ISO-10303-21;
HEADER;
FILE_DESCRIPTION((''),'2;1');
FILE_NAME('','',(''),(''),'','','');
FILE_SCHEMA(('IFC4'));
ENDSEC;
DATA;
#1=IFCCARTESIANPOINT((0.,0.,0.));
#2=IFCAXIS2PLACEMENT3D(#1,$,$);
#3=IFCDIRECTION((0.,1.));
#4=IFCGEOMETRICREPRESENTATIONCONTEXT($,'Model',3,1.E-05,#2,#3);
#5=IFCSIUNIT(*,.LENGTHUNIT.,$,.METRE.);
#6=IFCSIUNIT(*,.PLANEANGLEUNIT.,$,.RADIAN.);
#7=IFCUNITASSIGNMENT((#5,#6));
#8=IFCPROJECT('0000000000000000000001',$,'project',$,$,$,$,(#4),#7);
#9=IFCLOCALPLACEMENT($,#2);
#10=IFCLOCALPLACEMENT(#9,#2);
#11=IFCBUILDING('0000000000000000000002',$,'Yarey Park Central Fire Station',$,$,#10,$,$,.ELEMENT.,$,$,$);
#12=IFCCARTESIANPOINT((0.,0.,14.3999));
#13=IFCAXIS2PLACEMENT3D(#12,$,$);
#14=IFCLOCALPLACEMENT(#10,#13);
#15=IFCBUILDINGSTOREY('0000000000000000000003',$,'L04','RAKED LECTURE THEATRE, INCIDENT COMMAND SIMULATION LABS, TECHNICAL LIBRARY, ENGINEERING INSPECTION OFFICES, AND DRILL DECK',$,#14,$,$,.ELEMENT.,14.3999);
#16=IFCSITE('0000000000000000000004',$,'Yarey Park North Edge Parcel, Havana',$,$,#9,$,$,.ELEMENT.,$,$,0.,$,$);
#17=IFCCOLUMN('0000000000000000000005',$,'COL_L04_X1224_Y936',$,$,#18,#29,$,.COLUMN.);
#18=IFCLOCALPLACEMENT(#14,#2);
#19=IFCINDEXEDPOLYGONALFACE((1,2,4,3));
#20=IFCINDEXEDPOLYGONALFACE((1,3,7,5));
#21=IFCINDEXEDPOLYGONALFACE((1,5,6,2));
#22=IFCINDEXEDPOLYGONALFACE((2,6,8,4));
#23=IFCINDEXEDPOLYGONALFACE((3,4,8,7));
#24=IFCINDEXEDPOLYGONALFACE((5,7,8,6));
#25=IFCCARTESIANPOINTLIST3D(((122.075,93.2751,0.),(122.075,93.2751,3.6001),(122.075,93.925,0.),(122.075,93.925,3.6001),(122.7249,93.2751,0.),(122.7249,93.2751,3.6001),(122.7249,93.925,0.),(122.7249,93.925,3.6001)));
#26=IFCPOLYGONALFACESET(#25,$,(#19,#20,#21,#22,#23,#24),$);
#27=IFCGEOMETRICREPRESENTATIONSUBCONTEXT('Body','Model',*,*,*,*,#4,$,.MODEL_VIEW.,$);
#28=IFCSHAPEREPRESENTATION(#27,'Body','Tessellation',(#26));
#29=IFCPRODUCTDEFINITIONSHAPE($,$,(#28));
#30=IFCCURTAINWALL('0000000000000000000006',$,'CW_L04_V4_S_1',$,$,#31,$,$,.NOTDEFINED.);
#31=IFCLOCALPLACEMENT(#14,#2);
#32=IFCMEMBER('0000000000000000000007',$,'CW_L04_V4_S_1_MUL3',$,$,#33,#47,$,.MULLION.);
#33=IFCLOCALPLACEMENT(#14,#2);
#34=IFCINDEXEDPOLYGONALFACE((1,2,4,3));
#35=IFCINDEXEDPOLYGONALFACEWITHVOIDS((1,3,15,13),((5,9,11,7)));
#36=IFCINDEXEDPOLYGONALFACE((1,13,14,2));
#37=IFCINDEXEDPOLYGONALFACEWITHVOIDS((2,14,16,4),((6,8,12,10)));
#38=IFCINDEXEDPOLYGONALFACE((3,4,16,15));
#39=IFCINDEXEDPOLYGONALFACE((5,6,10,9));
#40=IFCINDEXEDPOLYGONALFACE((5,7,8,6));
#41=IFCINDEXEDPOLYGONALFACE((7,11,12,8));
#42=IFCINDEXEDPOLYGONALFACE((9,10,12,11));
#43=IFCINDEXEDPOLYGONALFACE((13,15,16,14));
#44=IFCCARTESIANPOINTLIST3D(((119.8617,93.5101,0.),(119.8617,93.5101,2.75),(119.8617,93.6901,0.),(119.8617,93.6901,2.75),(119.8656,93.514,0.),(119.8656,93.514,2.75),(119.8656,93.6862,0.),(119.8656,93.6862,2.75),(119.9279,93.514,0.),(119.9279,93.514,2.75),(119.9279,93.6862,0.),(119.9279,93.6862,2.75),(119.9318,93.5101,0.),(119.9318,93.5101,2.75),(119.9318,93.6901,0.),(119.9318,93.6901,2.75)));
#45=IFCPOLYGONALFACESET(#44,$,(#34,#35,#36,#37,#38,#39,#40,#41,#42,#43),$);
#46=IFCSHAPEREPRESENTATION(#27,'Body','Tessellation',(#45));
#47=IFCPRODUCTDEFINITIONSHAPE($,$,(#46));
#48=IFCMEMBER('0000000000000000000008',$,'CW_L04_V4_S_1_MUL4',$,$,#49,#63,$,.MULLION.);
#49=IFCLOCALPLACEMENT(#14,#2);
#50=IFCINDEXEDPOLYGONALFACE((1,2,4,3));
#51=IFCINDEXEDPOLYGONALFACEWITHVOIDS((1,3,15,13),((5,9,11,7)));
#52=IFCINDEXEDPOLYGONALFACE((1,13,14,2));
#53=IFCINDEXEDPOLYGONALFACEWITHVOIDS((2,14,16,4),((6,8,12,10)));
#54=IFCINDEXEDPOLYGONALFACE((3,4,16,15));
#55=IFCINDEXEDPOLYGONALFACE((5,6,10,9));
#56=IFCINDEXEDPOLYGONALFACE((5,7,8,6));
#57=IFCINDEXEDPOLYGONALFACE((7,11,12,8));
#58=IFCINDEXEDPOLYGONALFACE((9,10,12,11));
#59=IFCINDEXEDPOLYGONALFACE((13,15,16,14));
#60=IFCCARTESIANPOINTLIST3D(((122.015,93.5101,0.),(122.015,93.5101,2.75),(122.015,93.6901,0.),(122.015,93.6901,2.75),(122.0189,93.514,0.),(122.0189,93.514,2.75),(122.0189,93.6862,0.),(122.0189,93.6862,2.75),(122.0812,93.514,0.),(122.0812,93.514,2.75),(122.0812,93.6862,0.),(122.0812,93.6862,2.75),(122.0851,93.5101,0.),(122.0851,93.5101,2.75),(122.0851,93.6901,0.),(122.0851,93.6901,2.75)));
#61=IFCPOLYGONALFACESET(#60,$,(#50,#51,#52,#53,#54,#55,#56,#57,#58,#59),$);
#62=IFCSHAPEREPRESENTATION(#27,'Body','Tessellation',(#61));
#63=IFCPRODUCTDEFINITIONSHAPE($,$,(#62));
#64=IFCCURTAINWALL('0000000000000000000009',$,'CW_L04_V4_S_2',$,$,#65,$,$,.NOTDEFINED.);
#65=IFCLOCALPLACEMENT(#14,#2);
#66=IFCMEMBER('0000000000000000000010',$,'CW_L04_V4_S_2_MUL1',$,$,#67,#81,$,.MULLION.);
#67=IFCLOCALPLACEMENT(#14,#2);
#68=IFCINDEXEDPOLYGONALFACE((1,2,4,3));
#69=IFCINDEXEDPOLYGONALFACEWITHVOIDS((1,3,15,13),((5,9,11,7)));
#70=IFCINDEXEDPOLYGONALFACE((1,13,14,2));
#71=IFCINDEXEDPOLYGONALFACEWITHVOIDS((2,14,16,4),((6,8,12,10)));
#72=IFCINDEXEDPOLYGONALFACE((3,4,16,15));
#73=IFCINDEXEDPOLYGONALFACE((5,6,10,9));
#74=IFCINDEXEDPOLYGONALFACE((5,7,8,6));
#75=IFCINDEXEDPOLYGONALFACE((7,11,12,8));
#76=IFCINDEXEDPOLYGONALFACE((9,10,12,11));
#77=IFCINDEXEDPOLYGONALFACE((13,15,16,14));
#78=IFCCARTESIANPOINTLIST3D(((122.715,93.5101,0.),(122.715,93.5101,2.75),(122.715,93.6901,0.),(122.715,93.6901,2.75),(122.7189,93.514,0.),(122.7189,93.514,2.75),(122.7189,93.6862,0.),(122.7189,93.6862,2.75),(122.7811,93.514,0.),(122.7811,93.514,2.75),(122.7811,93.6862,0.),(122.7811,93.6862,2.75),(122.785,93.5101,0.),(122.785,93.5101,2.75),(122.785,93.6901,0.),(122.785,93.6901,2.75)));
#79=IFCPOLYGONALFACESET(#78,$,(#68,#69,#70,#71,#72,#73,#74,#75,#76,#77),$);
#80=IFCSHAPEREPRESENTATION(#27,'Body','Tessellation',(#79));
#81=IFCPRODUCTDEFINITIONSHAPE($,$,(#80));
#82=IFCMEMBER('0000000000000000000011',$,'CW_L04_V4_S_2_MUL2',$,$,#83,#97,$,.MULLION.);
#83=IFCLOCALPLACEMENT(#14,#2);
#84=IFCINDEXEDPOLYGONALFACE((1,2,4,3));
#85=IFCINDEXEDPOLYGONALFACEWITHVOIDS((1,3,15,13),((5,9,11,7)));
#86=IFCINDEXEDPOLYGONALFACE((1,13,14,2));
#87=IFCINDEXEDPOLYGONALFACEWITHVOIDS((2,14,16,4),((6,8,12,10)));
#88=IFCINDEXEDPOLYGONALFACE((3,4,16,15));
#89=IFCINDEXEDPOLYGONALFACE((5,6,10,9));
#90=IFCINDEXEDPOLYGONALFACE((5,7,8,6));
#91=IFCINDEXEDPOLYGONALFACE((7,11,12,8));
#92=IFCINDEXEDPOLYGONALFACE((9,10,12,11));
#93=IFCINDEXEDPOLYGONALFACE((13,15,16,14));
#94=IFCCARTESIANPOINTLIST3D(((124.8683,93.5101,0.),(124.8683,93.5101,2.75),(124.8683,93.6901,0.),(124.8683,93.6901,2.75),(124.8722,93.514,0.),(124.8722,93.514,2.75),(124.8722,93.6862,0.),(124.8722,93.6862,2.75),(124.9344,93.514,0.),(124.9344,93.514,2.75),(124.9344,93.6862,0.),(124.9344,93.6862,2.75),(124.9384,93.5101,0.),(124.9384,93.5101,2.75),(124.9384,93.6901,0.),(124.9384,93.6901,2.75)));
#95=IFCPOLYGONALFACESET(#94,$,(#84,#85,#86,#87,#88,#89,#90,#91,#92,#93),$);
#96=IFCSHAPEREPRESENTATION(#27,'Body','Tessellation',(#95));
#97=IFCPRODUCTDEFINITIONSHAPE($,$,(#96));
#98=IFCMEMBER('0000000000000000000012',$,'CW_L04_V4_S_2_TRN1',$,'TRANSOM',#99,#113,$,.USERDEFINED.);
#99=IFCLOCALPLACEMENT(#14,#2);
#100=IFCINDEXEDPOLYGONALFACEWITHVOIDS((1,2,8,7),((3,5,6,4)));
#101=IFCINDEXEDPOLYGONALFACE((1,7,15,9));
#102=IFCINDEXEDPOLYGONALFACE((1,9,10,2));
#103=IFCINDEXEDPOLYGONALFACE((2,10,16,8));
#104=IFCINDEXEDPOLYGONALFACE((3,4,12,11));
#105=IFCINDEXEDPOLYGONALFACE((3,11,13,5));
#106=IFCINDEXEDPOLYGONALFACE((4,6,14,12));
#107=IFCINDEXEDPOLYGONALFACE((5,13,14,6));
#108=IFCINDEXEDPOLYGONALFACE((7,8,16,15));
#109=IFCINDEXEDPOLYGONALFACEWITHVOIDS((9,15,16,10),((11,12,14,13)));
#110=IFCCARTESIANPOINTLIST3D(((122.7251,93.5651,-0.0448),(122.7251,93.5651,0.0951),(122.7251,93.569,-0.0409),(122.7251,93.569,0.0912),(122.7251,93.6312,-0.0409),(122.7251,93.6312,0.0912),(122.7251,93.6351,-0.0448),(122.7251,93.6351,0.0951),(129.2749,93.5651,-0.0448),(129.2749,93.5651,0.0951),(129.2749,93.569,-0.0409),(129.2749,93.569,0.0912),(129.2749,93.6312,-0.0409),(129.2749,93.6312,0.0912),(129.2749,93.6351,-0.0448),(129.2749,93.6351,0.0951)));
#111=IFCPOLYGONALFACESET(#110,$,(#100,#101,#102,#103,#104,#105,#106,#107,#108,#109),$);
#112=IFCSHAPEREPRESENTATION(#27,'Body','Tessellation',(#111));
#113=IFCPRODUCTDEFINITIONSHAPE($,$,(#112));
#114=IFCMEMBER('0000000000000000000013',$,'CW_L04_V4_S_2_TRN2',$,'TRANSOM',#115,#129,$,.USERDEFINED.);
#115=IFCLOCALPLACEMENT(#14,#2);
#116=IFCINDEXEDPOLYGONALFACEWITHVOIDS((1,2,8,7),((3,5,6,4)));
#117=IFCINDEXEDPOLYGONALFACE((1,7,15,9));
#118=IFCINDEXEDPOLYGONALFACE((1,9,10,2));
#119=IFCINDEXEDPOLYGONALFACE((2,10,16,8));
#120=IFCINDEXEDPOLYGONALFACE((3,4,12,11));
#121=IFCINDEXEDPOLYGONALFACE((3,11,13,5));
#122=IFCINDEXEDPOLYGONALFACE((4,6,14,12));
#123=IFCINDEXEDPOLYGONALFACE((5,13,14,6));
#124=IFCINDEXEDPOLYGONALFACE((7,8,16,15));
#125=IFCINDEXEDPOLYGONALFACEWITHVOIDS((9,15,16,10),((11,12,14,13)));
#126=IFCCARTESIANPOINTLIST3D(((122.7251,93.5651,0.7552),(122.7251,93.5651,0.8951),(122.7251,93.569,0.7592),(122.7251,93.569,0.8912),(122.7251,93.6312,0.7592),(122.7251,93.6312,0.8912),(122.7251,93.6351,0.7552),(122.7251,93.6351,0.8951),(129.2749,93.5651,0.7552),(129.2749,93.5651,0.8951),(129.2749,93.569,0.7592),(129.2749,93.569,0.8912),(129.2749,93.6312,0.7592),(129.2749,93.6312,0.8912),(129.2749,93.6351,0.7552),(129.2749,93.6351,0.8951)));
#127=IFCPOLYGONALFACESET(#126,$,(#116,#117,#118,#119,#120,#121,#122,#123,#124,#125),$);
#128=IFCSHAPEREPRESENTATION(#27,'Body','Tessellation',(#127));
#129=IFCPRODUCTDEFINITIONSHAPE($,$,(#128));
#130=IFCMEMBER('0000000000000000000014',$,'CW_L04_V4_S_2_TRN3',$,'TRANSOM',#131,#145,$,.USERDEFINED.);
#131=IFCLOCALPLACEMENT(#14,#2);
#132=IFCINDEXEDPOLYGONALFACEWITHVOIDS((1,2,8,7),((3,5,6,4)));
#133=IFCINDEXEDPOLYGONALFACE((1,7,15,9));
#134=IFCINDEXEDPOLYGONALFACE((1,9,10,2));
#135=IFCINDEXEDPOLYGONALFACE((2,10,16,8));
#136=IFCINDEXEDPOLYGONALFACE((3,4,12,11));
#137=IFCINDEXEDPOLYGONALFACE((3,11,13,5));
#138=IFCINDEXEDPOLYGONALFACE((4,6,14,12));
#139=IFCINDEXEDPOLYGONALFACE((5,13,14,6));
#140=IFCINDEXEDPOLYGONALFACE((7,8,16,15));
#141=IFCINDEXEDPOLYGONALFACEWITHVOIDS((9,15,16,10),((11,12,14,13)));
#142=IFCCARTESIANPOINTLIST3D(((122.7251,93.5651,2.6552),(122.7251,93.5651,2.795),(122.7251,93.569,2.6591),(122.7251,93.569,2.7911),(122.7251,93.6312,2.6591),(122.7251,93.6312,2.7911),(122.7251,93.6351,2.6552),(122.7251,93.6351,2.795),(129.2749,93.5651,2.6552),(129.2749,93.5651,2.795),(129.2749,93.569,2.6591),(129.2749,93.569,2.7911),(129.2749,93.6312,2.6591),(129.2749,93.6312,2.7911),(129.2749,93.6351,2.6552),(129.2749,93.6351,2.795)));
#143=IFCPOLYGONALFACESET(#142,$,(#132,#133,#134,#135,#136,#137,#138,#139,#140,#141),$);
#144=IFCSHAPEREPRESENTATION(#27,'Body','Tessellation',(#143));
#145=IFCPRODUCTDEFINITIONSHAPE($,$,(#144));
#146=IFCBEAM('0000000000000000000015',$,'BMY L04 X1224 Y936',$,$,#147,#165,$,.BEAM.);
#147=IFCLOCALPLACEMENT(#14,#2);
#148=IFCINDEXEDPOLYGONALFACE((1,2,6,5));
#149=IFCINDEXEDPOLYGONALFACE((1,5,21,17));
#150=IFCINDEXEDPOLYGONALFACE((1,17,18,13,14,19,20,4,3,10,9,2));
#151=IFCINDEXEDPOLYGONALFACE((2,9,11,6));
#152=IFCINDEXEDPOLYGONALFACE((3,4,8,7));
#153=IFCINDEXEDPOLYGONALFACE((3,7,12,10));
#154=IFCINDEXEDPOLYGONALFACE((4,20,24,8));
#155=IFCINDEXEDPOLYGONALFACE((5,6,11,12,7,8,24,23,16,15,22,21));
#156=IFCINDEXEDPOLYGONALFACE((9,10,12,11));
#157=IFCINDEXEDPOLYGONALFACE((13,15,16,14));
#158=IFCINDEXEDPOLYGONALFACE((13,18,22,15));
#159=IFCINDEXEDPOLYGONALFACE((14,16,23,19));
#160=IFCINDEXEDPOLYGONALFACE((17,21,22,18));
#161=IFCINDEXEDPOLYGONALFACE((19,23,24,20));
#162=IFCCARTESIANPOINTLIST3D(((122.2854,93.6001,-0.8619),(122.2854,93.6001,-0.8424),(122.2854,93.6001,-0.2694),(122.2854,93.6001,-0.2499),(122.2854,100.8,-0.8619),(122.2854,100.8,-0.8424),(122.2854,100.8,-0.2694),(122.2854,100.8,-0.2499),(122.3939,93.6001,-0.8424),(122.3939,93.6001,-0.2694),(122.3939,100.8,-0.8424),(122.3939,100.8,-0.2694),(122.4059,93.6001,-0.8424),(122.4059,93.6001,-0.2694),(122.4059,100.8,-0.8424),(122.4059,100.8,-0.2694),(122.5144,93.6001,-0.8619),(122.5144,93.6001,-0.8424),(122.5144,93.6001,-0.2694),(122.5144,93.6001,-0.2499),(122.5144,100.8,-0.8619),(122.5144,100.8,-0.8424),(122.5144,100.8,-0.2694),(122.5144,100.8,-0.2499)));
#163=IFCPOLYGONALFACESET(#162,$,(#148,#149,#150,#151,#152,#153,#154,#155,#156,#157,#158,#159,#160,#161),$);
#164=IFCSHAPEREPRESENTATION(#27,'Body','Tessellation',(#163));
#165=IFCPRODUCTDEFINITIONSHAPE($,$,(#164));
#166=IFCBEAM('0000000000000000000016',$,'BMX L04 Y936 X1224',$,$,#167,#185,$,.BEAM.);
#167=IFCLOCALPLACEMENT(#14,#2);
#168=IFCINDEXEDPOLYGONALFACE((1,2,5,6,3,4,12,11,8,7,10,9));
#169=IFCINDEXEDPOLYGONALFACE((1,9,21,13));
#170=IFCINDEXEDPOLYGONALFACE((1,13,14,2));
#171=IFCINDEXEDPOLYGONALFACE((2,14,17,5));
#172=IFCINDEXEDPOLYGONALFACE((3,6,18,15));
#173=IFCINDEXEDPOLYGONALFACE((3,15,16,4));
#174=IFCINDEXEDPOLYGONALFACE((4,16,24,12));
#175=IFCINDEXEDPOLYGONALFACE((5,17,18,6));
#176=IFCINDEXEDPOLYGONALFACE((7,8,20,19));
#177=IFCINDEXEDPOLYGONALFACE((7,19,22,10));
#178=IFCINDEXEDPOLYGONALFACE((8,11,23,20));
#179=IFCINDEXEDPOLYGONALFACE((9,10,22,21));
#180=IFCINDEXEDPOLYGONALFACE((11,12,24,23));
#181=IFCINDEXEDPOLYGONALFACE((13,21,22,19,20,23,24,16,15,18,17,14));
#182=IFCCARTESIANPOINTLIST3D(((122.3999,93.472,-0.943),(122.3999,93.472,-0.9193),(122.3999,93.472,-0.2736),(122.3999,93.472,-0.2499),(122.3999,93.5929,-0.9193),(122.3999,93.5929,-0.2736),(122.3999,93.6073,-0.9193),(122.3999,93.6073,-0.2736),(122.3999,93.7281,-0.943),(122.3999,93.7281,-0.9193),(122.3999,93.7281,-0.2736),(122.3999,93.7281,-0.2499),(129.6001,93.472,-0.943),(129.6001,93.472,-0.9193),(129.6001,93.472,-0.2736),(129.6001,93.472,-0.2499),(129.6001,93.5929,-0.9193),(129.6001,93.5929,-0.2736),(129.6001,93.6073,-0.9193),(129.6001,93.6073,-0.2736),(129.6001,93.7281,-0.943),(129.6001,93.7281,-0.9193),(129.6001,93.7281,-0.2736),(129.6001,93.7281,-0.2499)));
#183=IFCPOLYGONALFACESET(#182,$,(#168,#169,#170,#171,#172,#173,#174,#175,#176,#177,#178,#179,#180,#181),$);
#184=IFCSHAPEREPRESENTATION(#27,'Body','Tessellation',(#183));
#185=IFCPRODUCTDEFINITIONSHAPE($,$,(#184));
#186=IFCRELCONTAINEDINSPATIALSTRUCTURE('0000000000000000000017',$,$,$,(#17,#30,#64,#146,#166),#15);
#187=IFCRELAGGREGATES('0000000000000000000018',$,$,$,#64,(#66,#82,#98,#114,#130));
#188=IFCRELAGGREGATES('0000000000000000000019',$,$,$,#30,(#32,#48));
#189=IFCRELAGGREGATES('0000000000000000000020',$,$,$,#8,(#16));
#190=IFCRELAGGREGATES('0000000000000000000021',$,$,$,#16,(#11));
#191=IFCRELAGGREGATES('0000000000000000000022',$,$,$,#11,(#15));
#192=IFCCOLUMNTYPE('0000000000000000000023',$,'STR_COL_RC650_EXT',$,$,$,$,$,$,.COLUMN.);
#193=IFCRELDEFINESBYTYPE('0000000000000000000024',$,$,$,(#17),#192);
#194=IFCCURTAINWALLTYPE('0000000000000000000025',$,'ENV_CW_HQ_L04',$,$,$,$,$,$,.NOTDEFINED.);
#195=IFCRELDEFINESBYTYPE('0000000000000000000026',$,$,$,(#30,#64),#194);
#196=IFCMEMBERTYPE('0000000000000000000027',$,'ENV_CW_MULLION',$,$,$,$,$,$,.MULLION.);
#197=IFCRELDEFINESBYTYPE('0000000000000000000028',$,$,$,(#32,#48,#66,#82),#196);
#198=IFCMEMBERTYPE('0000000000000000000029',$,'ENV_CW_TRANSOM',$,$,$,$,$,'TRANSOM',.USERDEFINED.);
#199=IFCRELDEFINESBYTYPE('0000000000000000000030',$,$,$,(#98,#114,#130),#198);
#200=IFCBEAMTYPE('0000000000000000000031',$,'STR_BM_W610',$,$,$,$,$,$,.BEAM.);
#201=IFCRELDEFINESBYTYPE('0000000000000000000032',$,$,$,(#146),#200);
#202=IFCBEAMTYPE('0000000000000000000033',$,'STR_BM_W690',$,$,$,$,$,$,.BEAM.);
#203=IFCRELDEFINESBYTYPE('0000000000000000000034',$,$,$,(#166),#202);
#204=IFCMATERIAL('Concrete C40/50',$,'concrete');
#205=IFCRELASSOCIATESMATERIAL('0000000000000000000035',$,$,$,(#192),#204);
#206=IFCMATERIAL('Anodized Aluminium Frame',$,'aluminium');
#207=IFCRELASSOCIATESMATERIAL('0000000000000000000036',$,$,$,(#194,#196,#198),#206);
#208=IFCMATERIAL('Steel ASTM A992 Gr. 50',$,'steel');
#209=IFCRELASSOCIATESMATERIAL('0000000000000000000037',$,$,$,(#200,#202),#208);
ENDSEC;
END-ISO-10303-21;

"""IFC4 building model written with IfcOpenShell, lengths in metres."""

from ifc_helpers import new_model, si_unit, direction, frame, origin, origin_2d, place, context, subcontext, project, spatial, rectangle, hollow_rectangle, i_section, extrude, material, material_profile, profile_set, type_object, element, aggregate, save


model = new_model("IFC4")

# Units and contexts
model_context = context("Model", 3, precision=1e-05, world=origin(), true_north=direction((0.0, 1.0)))
body_context = subcontext(model_context, "Body", "Model", "MODEL_VIEW")
ifc_project = project(units=[si_unit("LENGTHUNIT", "METRE"), si_unit("PLANEANGLEUNIT", "RADIAN")], contexts=[model_context])

# Site, building, storey
site_placement = place(None, origin())
site = spatial("IfcSite", under=ifc_project, at=site_placement, Name="Yarey Park North Edge Parcel, Havana", CompositionType="ELEMENT", RefElevation=0.0)
building_placement = place(site_placement, origin())
building = spatial("IfcBuilding", under=site, at=building_placement, Name="Yarey Park Central Fire Station", CompositionType="ELEMENT")
storey_placement = place(building_placement, frame((0.0, 0.0, 14.3999)))
storey = spatial("IfcBuildingStorey", under=building, at=storey_placement, Name="L04", Description="RAKED LECTURE THEATRE, INCIDENT COMMAND SIMULATION LABS, TECHNICAL LIBRARY, ENGINEERING INSPECTION OFFICES, AND DRILL DECK", CompositionType="ELEMENT", Elevation=14.3999)

# Column
ifc_material_1 = material(Name="Concrete C40/50", Category="concrete")
ifc_material_profile_1 = material_profile(ifc_material_1, rectangle(XDim=0.6499, YDim=0.6499, at=origin_2d()), Name="RC 650x650")
ifc_profile_set_1 = profile_set([ifc_material_profile_1], Name="Concrete C40/50")
column_type = type_object("IfcColumnType", Name="STR_COL_RC650_EXT", PredefinedType="COLUMN", material=ifc_profile_set_1)
column_placement = place(storey_placement, frame((122.3999, 93.6001, 0.0), z_axis=(0.0, 0.0, 1.0), x_axis=(1.0, 0.0, 0.0)))
element("IfcColumn", 1, at=column_placement, inside=storey, type_object=column_type, Name="COL_L04_X1224_Y936", PredefinedType="COLUMN", context=body_context, shape_type="SweptSolid", body=[
    extrude(rectangle(XDim=0.6499, YDim=0.6499, at=origin_2d()), origin(), (0.0, 0.0, 1.0), 3.6001),
])

# Curtain walls, members
ifc_material_2 = material(Name="Anodized Aluminium Frame", Category="aluminium")
curtain_wall_type = type_object("IfcCurtainWallType", Name="ENV_CW_HQ_L04", PredefinedType="NOTDEFINED", material=ifc_material_2)
curtain_wall_1_placement = place(storey_placement, origin())
curtain_wall_1 = element("IfcCurtainWall", 2, at=curtain_wall_1_placement, inside=storey, type_object=curtain_wall_type, Name="CW_L04_V4_S_1", PredefinedType="NOTDEFINED")
ifc_material_profile_2 = material_profile(ifc_material_2, hollow_rectangle(XDim=0.0701, YDim=0.1799, WallThickness=0.0039, at=origin_2d()), Name="ALU 180x70x4")
ifc_profile_set_2 = profile_set([ifc_material_profile_2], Name="Anodized Aluminium Frame")
member_type_1 = type_object("IfcMemberType", Name="ENV_CW_MULLION", PredefinedType="MULLION", material=ifc_profile_set_2)
member_1_placement = place(storey_placement, frame((119.8967, 93.6001, 0.0), z_axis=(0.0, 0.0, 1.0), x_axis=(1.0, 0.0, 0.0)))
member_1 = element("IfcMember", 3, at=member_1_placement, type_object=member_type_1, Name="CW_L04_V4_S_1_MUL3", PredefinedType="MULLION", context=body_context, shape_type="SweptSolid", body=[
    extrude(hollow_rectangle(XDim=0.0701, YDim=0.1799, WallThickness=0.0039, at=origin_2d()), origin(), (0.0, 0.0, 1.0), 2.75),
])
member_2_placement = place(storey_placement, frame((122.05, 93.6001, 0.0), z_axis=(0.0, 0.0, 1.0), x_axis=(1.0, 0.0, 0.0)))
member_2 = element("IfcMember", 4, at=member_2_placement, type_object=member_type_1, Name="CW_L04_V4_S_1_MUL4", PredefinedType="MULLION", context=body_context, shape_type="SweptSolid", body=[
    extrude(hollow_rectangle(XDim=0.0701, YDim=0.1799, WallThickness=0.0039, at=origin_2d()), origin(), (0.0, 0.0, 1.0), 2.75),
])
curtain_wall_2_placement = place(storey_placement, origin())
curtain_wall_2 = element("IfcCurtainWall", 5, at=curtain_wall_2_placement, inside=storey, type_object=curtain_wall_type, Name="CW_L04_V4_S_2", PredefinedType="NOTDEFINED")
member_3_placement = place(storey_placement, frame((122.75, 93.6001, 0.0), z_axis=(0.0, 0.0, 1.0), x_axis=(1.0, 0.0, 0.0)))
member_3 = element("IfcMember", 6, at=member_3_placement, type_object=member_type_1, Name="CW_L04_V4_S_2_MUL1", PredefinedType="MULLION", context=body_context, shape_type="SweptSolid", body=[
    extrude(hollow_rectangle(XDim=0.0701, YDim=0.1799, WallThickness=0.0039, at=origin_2d()), origin(), (0.0, 0.0, 1.0), 2.75),
])
member_4_placement = place(storey_placement, frame((124.9033, 93.6001, 0.0), z_axis=(0.0, 0.0, 1.0), x_axis=(1.0, 0.0, 0.0)))
member_4 = element("IfcMember", 7, at=member_4_placement, type_object=member_type_1, Name="CW_L04_V4_S_2_MUL2", PredefinedType="MULLION", context=body_context, shape_type="SweptSolid", body=[
    extrude(hollow_rectangle(XDim=0.0701, YDim=0.1799, WallThickness=0.0039, at=origin_2d()), origin(), (0.0, 0.0, 1.0), 2.75),
])
ifc_material_profile_3 = material_profile(ifc_material_2, hollow_rectangle(XDim=0.0701, YDim=0.1399, WallThickness=0.0039, at=origin_2d()), Name="ALU 140x70x4")
ifc_profile_set_3 = profile_set([ifc_material_profile_3], Name="Anodized Aluminium Frame")
member_type_2 = type_object("IfcMemberType", Name="ENV_CW_TRANSOM", ElementType="TRANSOM", PredefinedType="USERDEFINED", material=ifc_profile_set_3)
member_5_placement = place(storey_placement, frame((122.7251, 93.6001, 0.0251), z_axis=(1.0, 0.0, 0.0), x_axis=(0.0, 1.0, 0.0)))
member_5 = element("IfcMember", 8, at=member_5_placement, type_object=member_type_2, Name="CW_L04_V4_S_2_TRN1", ObjectType="TRANSOM", PredefinedType="USERDEFINED", context=body_context, shape_type="SweptSolid", body=[
    extrude(hollow_rectangle(XDim=0.0701, YDim=0.1399, WallThickness=0.0039, at=origin_2d()), origin(), (0.0, 0.0, 1.0), 6.5498),
])
member_6_placement = place(storey_placement, frame((122.7251, 93.6001, 0.8252), z_axis=(1.0, 0.0, 0.0), x_axis=(0.0, 1.0, 0.0)))
member_6 = element("IfcMember", 9, at=member_6_placement, type_object=member_type_2, Name="CW_L04_V4_S_2_TRN2", ObjectType="TRANSOM", PredefinedType="USERDEFINED", context=body_context, shape_type="SweptSolid", body=[
    extrude(hollow_rectangle(XDim=0.0701, YDim=0.1399, WallThickness=0.0039, at=origin_2d()), origin(), (0.0, 0.0, 1.0), 6.5498),
])
member_7_placement = place(storey_placement, frame((122.7251, 93.6001, 2.7251), z_axis=(1.0, 0.0, 0.0), x_axis=(0.0, 1.0, 0.0)))
member_7 = element("IfcMember", 10, at=member_7_placement, type_object=member_type_2, Name="CW_L04_V4_S_2_TRN3", ObjectType="TRANSOM", PredefinedType="USERDEFINED", context=body_context, shape_type="SweptSolid", body=[
    extrude(hollow_rectangle(XDim=0.0701, YDim=0.1399, WallThickness=0.0039, at=origin_2d()), origin(), (0.0, 0.0, 1.0), 6.5498),
])

# Beams
ifc_material_3 = material(Name="Steel ASTM A992 Gr. 50", Category="steel")
ifc_material_profile_4 = material_profile(ifc_material_3, i_section(OverallWidth=0.229, OverallDepth=0.6121, WebThickness=0.012, FlangeThickness=0.0195, at=origin_2d()), Name="W610x125")
ifc_profile_set_4 = profile_set([ifc_material_profile_4], Name="Steel ASTM A992 Gr. 50")
beam_type_1 = type_object("IfcBeamType", Name="STR_BM_W610", PredefinedType="BEAM", material=ifc_profile_set_4)
beam_1_placement = place(storey_placement, frame((122.3999, 93.6001, -0.5559), z_axis=(0.0, 1.0, 0.0), x_axis=(-1.0, 0.0, 0.0)))
element("IfcBeam", 11, at=beam_1_placement, inside=storey, type_object=beam_type_1, Name="BMY L04 X1224 Y936", PredefinedType="BEAM", context=body_context, shape_type="SweptSolid", body=[
    extrude(i_section(OverallWidth=0.229, OverallDepth=0.6121, WebThickness=0.012, FlangeThickness=0.0195, at=origin_2d()), origin(), (0.0, 0.0, 1.0), 7.2),
])
ifc_material_profile_5 = material_profile(ifc_material_3, i_section(OverallWidth=0.2561, OverallDepth=0.6931, WebThickness=0.0144, FlangeThickness=0.0237, at=origin_2d()), Name="W690x170")
ifc_profile_set_5 = profile_set([ifc_material_profile_5], Name="Steel ASTM A992 Gr. 50")
beam_type_2 = type_object("IfcBeamType", Name="STR_BM_W690", PredefinedType="BEAM", material=ifc_profile_set_5)
beam_2_placement = place(storey_placement, frame((122.3999, 93.6001, -0.5964), z_axis=(1.0, 0.0, 0.0), x_axis=(0.0, 1.0, 0.0)))
element("IfcBeam", 12, at=beam_2_placement, inside=storey, type_object=beam_type_2, Name="BMX L04 Y936 X1224", PredefinedType="BEAM", context=body_context, shape_type="SweptSolid", body=[
    extrude(i_section(OverallWidth=0.2561, OverallDepth=0.6931, WebThickness=0.0144, FlangeThickness=0.0237, at=origin_2d()), origin(), (0.0, 0.0, 1.0), 7.2002),
])

aggregate(curtain_wall_2, [member_3, member_4, member_5, member_6, member_7])
aggregate(curtain_wall_1, [member_1, member_2])

save(model, "model.ifc")
